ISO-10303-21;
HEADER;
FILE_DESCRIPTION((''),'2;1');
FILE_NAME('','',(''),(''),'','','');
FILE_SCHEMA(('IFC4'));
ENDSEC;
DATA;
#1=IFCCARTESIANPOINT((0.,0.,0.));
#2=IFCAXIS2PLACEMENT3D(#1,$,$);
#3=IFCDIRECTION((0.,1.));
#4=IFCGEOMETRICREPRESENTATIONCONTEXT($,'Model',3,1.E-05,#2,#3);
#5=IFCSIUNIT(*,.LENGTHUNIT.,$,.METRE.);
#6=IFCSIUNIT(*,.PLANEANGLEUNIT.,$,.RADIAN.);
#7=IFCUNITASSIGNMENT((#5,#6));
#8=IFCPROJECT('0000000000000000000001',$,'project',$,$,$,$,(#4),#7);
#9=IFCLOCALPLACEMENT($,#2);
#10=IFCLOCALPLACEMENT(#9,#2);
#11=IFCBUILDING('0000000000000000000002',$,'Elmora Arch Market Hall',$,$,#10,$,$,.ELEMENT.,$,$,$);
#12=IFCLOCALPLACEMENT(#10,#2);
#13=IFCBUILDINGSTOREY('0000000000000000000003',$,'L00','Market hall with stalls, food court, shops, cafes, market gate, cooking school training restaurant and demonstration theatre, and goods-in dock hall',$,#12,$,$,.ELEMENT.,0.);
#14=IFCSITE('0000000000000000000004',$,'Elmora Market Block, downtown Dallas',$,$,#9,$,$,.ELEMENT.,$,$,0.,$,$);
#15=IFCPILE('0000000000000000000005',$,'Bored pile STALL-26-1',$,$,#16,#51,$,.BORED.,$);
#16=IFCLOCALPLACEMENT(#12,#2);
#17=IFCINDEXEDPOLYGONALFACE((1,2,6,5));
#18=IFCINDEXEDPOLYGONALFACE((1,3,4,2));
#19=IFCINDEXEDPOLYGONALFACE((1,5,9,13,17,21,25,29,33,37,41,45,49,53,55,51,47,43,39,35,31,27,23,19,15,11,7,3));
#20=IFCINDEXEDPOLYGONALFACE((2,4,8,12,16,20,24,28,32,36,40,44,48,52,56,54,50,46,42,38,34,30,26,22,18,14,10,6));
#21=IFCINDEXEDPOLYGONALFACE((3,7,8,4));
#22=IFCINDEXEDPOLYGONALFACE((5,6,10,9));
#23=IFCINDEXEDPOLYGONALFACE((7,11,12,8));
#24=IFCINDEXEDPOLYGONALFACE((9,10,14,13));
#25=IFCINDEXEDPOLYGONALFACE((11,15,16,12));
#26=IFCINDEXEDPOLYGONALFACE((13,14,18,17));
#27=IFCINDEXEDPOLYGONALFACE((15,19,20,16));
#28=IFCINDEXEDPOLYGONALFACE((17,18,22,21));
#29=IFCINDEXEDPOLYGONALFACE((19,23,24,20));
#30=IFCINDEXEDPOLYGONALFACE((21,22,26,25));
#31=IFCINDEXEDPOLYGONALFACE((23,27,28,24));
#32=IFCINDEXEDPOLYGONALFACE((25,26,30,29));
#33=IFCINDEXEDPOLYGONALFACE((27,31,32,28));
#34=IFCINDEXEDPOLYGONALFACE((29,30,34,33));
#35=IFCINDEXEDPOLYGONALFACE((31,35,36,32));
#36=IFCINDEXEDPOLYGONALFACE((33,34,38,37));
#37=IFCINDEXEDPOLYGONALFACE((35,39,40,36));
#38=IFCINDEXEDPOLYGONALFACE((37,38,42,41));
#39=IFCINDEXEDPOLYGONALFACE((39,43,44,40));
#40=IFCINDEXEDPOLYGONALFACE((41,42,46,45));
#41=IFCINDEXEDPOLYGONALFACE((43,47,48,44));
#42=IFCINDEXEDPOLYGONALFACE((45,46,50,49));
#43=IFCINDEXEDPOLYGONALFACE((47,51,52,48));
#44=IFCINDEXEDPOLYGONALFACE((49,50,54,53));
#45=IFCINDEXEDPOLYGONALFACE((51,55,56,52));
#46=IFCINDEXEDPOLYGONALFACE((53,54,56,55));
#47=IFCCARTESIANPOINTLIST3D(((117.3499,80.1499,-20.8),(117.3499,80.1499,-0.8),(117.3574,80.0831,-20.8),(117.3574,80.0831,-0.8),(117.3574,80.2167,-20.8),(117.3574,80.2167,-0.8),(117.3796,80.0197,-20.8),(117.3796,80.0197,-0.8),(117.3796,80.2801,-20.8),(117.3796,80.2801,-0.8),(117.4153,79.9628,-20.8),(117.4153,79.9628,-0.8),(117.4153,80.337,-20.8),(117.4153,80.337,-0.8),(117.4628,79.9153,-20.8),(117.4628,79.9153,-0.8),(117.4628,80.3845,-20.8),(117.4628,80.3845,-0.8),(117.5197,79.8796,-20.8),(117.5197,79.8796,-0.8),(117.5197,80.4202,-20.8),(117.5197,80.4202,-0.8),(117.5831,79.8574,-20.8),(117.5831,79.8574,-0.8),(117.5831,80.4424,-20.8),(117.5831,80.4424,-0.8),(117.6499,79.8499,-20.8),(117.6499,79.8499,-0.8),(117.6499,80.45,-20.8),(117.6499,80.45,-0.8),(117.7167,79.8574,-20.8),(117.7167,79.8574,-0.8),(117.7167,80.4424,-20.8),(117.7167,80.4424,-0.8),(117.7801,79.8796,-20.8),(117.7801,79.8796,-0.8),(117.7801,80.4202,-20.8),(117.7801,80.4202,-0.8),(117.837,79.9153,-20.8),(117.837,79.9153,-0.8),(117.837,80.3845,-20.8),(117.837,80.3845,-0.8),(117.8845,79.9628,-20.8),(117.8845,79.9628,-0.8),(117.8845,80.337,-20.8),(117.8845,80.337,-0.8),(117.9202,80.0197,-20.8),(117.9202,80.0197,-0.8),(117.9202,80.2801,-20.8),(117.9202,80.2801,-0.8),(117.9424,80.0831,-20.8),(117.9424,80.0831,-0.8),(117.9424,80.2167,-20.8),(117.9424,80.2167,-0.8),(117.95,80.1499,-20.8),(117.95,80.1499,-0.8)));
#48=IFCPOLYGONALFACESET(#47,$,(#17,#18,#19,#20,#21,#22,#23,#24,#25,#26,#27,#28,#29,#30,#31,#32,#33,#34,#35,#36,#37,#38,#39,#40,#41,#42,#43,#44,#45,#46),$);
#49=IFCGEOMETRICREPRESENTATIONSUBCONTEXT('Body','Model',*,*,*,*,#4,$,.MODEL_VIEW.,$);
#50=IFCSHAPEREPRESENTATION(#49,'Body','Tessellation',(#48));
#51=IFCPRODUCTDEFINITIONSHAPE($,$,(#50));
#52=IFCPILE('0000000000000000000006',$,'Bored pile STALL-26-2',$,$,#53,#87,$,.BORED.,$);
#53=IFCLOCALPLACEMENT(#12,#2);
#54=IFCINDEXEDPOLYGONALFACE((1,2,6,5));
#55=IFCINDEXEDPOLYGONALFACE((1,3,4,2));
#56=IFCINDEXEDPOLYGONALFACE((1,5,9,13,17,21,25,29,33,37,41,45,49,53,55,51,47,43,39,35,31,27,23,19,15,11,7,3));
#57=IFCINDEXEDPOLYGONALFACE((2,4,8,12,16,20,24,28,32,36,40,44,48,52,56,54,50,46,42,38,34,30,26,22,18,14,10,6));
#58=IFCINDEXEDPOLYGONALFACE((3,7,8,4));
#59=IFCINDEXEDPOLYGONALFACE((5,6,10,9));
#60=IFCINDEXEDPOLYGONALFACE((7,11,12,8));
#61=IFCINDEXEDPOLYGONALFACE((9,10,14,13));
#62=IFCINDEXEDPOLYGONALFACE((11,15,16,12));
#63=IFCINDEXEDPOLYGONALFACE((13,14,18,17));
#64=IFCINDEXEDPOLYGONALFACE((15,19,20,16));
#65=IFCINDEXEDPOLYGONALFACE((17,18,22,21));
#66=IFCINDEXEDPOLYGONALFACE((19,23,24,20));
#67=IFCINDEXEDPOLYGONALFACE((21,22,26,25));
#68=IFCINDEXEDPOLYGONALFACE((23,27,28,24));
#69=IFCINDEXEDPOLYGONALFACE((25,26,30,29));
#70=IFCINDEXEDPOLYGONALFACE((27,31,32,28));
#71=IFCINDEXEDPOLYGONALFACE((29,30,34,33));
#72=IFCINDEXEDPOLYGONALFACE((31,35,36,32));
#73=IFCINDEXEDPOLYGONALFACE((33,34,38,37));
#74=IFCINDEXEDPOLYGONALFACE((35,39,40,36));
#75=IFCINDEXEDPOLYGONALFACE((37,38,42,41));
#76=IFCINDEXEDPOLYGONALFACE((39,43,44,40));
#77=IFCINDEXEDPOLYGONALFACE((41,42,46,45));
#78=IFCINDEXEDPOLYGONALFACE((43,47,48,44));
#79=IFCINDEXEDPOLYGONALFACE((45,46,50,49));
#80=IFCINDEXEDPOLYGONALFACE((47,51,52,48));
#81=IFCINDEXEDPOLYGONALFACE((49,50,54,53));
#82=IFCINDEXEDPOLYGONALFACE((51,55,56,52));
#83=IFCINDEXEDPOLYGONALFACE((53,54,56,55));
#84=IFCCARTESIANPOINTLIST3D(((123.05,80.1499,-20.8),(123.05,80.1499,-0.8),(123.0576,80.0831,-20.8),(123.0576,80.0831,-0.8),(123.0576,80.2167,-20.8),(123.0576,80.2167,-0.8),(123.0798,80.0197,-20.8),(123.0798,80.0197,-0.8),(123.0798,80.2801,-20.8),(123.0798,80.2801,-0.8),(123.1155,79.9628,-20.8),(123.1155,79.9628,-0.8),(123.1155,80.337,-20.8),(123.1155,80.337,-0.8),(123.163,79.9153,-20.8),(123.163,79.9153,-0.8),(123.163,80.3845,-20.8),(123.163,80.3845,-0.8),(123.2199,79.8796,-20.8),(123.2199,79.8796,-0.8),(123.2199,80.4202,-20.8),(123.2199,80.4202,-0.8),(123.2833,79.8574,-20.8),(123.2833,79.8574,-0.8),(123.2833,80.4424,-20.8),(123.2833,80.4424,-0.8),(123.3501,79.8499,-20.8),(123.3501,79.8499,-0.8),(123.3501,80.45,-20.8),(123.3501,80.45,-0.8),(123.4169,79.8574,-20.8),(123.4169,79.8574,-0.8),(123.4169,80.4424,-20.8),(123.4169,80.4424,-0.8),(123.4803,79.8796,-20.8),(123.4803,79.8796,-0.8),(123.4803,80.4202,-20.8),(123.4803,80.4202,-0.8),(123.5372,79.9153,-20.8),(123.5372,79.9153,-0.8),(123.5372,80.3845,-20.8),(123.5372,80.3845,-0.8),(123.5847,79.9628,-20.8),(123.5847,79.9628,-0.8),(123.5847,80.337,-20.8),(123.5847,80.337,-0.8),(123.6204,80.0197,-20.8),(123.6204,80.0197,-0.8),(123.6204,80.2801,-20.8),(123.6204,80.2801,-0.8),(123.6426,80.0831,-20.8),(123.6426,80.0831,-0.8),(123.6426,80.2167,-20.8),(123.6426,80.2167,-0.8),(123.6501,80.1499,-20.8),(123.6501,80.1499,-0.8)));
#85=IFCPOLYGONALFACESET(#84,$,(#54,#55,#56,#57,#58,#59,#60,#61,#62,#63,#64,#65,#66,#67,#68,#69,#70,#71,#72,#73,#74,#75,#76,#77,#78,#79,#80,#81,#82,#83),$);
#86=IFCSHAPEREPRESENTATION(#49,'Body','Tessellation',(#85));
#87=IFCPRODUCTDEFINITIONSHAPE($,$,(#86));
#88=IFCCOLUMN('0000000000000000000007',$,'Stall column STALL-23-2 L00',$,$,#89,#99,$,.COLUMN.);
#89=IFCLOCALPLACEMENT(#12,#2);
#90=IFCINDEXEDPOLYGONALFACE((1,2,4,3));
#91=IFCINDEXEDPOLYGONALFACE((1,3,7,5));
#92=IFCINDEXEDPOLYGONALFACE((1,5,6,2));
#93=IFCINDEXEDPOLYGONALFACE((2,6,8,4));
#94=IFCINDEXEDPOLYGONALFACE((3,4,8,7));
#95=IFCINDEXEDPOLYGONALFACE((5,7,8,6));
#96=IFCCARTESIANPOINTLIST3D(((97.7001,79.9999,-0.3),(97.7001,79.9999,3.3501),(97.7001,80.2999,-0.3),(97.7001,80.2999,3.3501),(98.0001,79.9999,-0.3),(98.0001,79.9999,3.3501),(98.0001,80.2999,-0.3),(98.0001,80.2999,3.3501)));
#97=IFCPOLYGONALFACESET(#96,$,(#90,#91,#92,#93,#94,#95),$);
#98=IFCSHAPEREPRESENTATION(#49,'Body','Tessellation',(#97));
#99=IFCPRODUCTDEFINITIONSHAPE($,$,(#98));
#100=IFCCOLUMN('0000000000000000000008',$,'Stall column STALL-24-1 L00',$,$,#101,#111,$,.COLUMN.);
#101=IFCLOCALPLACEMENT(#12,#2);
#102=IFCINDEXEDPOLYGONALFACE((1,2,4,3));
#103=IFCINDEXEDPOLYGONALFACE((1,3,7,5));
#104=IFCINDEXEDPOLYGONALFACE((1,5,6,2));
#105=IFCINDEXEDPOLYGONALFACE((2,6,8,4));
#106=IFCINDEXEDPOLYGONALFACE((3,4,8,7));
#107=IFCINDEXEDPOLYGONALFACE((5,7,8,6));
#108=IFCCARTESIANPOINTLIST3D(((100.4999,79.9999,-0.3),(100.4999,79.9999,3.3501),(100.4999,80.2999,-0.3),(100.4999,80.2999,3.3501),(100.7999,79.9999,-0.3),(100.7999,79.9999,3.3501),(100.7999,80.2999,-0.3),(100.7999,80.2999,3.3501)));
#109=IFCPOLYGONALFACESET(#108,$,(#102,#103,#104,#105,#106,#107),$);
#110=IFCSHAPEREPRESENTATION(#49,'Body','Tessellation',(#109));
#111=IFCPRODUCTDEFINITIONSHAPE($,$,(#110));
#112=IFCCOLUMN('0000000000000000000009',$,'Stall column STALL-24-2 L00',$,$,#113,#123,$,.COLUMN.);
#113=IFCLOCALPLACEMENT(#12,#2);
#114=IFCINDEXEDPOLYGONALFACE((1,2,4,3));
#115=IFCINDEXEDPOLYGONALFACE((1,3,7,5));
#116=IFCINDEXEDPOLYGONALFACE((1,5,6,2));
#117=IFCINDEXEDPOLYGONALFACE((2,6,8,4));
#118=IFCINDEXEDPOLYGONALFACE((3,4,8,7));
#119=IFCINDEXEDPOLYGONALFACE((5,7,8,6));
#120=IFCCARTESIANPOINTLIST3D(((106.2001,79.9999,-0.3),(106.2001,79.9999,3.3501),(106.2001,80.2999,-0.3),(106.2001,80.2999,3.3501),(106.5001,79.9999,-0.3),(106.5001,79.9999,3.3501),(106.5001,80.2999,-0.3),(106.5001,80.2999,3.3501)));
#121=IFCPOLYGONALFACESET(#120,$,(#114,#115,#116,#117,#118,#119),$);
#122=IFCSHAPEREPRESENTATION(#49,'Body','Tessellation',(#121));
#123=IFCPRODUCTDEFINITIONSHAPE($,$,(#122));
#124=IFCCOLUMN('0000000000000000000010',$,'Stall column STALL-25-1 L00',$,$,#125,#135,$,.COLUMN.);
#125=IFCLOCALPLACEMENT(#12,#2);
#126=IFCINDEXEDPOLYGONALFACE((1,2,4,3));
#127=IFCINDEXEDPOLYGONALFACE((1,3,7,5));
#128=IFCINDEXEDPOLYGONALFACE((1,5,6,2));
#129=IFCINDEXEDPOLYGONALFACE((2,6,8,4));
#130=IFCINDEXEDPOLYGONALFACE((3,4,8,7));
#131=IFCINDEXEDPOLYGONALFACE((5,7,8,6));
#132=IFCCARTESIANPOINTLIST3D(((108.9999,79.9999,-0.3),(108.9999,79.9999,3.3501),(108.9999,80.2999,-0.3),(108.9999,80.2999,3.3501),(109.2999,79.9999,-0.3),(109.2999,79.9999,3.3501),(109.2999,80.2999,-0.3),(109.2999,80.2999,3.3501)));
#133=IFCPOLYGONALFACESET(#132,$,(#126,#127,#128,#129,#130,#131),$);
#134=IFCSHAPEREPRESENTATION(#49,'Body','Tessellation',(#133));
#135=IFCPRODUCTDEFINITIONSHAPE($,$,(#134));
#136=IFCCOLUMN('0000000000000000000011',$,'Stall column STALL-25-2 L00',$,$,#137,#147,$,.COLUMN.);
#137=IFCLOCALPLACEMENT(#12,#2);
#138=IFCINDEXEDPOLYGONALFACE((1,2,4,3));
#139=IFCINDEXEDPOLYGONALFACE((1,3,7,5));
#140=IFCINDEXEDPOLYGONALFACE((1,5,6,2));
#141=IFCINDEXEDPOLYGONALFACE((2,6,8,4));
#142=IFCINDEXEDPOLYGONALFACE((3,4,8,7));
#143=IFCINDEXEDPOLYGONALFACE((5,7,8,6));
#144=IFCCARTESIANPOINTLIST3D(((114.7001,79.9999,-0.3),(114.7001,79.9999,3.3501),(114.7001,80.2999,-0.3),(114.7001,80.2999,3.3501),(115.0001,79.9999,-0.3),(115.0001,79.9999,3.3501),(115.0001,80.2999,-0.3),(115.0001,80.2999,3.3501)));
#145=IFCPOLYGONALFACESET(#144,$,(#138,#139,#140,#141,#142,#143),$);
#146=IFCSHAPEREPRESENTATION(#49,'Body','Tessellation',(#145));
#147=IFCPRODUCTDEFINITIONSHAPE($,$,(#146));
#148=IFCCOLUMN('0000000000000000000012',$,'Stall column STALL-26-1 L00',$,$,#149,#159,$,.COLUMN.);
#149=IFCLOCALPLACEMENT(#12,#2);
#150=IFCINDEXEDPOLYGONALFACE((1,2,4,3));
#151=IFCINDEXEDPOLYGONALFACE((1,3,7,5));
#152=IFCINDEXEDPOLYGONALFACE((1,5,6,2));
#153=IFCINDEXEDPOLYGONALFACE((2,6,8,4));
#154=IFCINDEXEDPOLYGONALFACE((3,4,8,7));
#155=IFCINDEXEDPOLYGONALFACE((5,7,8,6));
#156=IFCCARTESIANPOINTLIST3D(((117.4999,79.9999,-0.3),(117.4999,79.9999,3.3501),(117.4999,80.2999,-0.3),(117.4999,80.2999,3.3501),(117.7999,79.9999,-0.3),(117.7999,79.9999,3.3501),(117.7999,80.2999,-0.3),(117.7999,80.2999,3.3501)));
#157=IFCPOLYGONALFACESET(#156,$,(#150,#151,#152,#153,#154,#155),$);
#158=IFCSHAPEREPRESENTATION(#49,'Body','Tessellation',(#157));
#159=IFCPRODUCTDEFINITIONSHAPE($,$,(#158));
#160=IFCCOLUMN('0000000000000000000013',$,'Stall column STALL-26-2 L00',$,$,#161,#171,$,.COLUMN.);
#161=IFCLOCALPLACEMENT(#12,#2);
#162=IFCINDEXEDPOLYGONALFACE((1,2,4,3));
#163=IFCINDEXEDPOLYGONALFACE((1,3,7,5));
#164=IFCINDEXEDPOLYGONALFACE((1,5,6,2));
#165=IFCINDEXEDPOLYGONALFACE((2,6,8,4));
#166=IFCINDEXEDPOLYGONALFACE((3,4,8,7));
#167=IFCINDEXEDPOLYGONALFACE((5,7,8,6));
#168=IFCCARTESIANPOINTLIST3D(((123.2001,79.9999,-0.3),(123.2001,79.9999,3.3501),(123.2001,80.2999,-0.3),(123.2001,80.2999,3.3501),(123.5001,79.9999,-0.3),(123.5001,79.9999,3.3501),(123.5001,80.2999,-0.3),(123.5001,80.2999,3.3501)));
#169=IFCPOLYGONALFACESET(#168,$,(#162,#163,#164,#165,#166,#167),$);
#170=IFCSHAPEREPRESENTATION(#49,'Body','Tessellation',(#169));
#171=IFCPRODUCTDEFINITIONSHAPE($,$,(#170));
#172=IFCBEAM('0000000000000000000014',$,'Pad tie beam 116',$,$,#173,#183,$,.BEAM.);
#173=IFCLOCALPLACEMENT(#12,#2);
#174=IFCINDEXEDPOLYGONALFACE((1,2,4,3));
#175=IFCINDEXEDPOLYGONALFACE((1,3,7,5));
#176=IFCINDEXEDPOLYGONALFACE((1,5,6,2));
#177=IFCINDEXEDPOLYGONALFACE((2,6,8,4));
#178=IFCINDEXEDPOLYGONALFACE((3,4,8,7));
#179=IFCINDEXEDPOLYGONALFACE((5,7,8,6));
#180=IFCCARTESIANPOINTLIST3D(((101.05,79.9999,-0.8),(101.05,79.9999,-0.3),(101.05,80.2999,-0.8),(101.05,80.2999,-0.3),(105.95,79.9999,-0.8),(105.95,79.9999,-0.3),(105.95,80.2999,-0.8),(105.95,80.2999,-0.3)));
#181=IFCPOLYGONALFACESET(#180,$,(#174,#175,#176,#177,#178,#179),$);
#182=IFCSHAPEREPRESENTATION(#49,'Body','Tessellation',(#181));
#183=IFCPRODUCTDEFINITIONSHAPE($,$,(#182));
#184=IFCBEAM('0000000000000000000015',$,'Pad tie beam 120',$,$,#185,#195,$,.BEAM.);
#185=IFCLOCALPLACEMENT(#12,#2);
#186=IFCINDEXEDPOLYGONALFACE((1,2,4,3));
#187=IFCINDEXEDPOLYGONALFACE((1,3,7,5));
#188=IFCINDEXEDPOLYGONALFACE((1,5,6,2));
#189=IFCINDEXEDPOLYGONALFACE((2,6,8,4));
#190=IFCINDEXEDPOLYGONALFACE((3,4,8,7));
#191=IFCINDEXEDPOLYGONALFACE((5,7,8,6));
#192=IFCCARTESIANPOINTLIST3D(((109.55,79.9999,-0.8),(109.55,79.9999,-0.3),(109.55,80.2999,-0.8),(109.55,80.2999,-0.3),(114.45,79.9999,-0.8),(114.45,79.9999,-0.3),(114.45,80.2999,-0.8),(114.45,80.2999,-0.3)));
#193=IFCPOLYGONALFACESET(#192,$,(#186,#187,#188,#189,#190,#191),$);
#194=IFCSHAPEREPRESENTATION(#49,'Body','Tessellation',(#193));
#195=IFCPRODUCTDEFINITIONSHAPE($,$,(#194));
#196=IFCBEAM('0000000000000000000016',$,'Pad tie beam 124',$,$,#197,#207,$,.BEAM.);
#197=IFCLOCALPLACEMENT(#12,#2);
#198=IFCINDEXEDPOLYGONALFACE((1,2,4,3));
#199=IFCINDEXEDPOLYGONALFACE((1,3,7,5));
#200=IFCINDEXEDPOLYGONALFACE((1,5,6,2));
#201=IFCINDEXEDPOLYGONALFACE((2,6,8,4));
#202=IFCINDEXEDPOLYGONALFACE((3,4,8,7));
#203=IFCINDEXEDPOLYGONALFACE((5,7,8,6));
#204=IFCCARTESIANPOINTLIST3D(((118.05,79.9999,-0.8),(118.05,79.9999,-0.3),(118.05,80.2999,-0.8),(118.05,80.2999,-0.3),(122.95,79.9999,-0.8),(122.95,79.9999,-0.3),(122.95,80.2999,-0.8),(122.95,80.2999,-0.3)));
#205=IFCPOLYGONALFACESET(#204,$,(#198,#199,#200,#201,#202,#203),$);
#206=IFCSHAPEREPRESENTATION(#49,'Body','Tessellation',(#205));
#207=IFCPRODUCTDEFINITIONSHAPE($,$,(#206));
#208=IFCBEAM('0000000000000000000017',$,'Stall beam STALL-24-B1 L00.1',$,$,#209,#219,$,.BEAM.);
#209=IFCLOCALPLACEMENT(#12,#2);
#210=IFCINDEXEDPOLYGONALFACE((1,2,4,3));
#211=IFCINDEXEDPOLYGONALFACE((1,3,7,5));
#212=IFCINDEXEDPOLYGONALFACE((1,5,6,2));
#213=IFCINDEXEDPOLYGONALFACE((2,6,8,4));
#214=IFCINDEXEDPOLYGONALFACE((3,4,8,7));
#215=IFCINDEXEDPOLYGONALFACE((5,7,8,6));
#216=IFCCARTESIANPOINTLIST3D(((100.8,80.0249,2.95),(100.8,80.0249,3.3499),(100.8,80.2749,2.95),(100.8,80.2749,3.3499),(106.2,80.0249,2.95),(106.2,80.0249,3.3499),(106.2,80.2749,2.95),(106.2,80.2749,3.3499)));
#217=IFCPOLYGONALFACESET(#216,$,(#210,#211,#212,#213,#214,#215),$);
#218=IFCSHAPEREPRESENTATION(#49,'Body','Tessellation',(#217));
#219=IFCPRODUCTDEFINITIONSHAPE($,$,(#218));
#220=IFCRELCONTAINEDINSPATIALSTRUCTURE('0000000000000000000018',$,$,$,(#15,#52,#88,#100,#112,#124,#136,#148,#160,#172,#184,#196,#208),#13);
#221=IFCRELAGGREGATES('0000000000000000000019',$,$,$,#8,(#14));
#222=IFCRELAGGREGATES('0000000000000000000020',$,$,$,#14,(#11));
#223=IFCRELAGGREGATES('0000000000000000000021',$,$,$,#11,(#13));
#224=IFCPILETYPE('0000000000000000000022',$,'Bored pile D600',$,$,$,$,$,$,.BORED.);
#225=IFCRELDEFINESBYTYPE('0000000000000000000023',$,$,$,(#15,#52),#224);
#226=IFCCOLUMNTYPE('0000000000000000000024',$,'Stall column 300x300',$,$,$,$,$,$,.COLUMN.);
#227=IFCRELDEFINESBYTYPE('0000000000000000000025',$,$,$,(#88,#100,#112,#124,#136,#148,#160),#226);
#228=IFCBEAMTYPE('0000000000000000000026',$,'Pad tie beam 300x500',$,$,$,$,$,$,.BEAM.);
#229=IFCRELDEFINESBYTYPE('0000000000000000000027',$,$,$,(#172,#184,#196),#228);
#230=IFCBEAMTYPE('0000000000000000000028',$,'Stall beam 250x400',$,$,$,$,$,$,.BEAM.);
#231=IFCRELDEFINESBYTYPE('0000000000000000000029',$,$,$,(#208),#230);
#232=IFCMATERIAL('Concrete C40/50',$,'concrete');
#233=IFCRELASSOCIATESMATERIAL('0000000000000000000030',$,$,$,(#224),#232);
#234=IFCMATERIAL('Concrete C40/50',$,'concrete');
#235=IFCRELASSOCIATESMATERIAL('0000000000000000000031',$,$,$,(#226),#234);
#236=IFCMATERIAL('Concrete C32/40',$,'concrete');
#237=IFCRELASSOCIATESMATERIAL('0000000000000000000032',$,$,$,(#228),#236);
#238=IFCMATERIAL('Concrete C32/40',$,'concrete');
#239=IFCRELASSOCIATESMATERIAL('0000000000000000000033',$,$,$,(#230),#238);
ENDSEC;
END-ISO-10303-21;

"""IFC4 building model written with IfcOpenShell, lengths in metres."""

from ifc_helpers import new_model, si_unit, direction, frame, origin, origin_2d, place, context, subcontext, project, spatial, rectangle, circle, extrude, material, material_profile, profile_set, type_object, element, save


model = new_model("IFC4")

# Units and contexts
model_context = context("Model", 3, precision=1e-05, world=origin(), true_north=direction((0.0, 1.0)))
body_context = subcontext(model_context, "Body", "Model", "MODEL_VIEW")
ifc_project = project(units=[si_unit("LENGTHUNIT", "METRE"), si_unit("PLANEANGLEUNIT", "RADIAN")], contexts=[model_context])

# Site, building, storey
site_placement = place(None, origin())
site = spatial("IfcSite", under=ifc_project, at=site_placement, Name="Elmora Market Block, downtown Dallas", CompositionType="ELEMENT", RefElevation=0.0)
building_placement = place(site_placement, origin())
building = spatial("IfcBuilding", under=site, at=building_placement, Name="Elmora Arch Market Hall", CompositionType="ELEMENT")
storey_placement = place(building_placement, origin())
storey = spatial("IfcBuildingStorey", under=building, at=storey_placement, Name="L00", Description="Market hall with stalls, food court, shops, cafes, market gate, cooking school training restaurant and demonstration theatre, and goods-in dock hall", CompositionType="ELEMENT", Elevation=0.0)

# Piles
ifc_material_1 = material(Name="Concrete C40/50", Category="concrete")
ifc_material_profile_1 = material_profile(ifc_material_1, circle(Radius=0.3, at=origin_2d()), Name="Bored pile D600")
ifc_profile_set_1 = profile_set([ifc_material_profile_1], Name="Concrete C40/50")
pile_type = type_object("IfcPileType", Name="Bored pile D600", PredefinedType="BORED", material=ifc_profile_set_1)
for number, where, z_axis, x_axis, name in (
    (1, (117.6499, 80.1499, -0.8), (0.0, 0.0, -1.0), (1.0, 0.0, 0.0), "Bored pile STALL-26-1"),
    (2, (123.3501, 80.1499, -0.8), (0.0, 0.0, -1.0), (1.0, 0.0, 0.0), "Bored pile STALL-26-2"),
):
    element("IfcPile", number, at=place(storey_placement, frame(where, z_axis=z_axis, x_axis=x_axis)), inside=storey, type_object=pile_type, Name=name, PredefinedType="BORED", context=body_context, shape_type="SweptSolid", body=[
        extrude(circle(Radius=0.3, at=origin_2d()), origin(), (0.0, 0.0, 1.0), 20.0),
    ])

# Columns
ifc_material_2 = material(Name="Concrete C40/50", Category="concrete")
ifc_material_profile_2 = material_profile(ifc_material_2, rectangle(XDim=0.3, YDim=0.3, at=origin_2d()), Name="Stall column 300x300")
ifc_profile_set_2 = profile_set([ifc_material_profile_2], Name="Concrete C40/50")
column_type = type_object("IfcColumnType", Name="Stall column 300x300", PredefinedType="COLUMN", material=ifc_profile_set_2)
for number, where, z_axis, x_axis, name in (
    (3, (97.8501, 80.1499, -0.3), (0.0, 0.0, 1.0), (1.0, 0.0, 0.0), "Stall column STALL-23-2 L00"),
    (4, (100.6499, 80.1499, -0.3), (0.0, 0.0, 1.0), (1.0, 0.0, 0.0), "Stall column STALL-24-1 L00"),
    (5, (106.3501, 80.1499, -0.3), (0.0, 0.0, 1.0), (1.0, 0.0, 0.0), "Stall column STALL-24-2 L00"),
    (6, (109.1499, 80.1499, -0.3), (0.0, 0.0, 1.0), (1.0, 0.0, 0.0), "Stall column STALL-25-1 L00"),
    (7, (114.8501, 80.1499, -0.3), (0.0, 0.0, 1.0), (1.0, 0.0, 0.0), "Stall column STALL-25-2 L00"),
    (8, (117.6499, 80.1499, -0.3), (0.0, 0.0, 1.0), (1.0, 0.0, 0.0), "Stall column STALL-26-1 L00"),
    (9, (123.3501, 80.1499, -0.3), (0.0, 0.0, 1.0), (1.0, 0.0, 0.0), "Stall column STALL-26-2 L00"),
):
    element("IfcColumn", number, at=place(storey_placement, frame(where, z_axis=z_axis, x_axis=x_axis)), inside=storey, type_object=column_type, Name=name, PredefinedType="COLUMN", context=body_context, shape_type="SweptSolid", body=[
        extrude(rectangle(XDim=0.3, YDim=0.3, at=origin_2d()), origin(), (0.0, 0.0, 1.0), 3.6501),
    ])

# Beams
ifc_material_3 = material(Name="Concrete C32/40", Category="concrete")
ifc_material_profile_3 = material_profile(ifc_material_3, rectangle(XDim=0.3, YDim=0.5, at=origin_2d()), Name="Pad tie beam 300x500")
ifc_profile_set_3 = profile_set([ifc_material_profile_3], Name="Concrete C32/40")
beam_type_1 = type_object("IfcBeamType", Name="Pad tie beam 300x500", PredefinedType="BEAM", material=ifc_profile_set_3)
for number, where, z_axis, x_axis, name in (
    (10, (101.05, 80.1499, -0.55), (1.0, 0.0, 0.0), (0.0, 1.0, 0.0), "Pad tie beam 116"),
    (11, (109.55, 80.1499, -0.55), (1.0, 0.0, 0.0), (0.0, 1.0, 0.0), "Pad tie beam 120"),
    (12, (118.05, 80.1499, -0.55), (1.0, 0.0, 0.0), (0.0, 1.0, 0.0), "Pad tie beam 124"),
):
    element("IfcBeam", number, at=place(storey_placement, frame(where, z_axis=z_axis, x_axis=x_axis)), inside=storey, type_object=beam_type_1, Name=name, PredefinedType="BEAM", context=body_context, shape_type="SweptSolid", body=[
        extrude(rectangle(XDim=0.3, YDim=0.5, at=origin_2d()), origin(), (0.0, 0.0, 1.0), 4.8999),
    ])
ifc_material_4 = material(Name="Concrete C32/40", Category="concrete")
ifc_material_profile_4 = material_profile(ifc_material_4, rectangle(XDim=0.25, YDim=0.3999, at=origin_2d()), Name="Stall beam 250x400")
ifc_profile_set_4 = profile_set([ifc_material_profile_4], Name="Concrete C32/40")
beam_type_2 = type_object("IfcBeamType", Name="Stall beam 250x400", PredefinedType="BEAM", material=ifc_profile_set_4)
for number, where, z_axis, x_axis, name in (
    (13, (100.8, 80.1499, 3.1499), (1.0, 0.0, 0.0), (0.0, 1.0, 0.0), "Stall beam STALL-24-B1 L00.1"),
):
    element("IfcBeam", number, at=place(storey_placement, frame(where, z_axis=z_axis, x_axis=x_axis)), inside=storey, type_object=beam_type_2, Name=name, PredefinedType="BEAM", context=body_context, shape_type="SweptSolid", body=[
        extrude(rectangle(XDim=0.25, YDim=0.3999, at=origin_2d()), origin(), (0.0, 0.0, 1.0), 5.3999),
    ])

save(model, "model.ifc")
